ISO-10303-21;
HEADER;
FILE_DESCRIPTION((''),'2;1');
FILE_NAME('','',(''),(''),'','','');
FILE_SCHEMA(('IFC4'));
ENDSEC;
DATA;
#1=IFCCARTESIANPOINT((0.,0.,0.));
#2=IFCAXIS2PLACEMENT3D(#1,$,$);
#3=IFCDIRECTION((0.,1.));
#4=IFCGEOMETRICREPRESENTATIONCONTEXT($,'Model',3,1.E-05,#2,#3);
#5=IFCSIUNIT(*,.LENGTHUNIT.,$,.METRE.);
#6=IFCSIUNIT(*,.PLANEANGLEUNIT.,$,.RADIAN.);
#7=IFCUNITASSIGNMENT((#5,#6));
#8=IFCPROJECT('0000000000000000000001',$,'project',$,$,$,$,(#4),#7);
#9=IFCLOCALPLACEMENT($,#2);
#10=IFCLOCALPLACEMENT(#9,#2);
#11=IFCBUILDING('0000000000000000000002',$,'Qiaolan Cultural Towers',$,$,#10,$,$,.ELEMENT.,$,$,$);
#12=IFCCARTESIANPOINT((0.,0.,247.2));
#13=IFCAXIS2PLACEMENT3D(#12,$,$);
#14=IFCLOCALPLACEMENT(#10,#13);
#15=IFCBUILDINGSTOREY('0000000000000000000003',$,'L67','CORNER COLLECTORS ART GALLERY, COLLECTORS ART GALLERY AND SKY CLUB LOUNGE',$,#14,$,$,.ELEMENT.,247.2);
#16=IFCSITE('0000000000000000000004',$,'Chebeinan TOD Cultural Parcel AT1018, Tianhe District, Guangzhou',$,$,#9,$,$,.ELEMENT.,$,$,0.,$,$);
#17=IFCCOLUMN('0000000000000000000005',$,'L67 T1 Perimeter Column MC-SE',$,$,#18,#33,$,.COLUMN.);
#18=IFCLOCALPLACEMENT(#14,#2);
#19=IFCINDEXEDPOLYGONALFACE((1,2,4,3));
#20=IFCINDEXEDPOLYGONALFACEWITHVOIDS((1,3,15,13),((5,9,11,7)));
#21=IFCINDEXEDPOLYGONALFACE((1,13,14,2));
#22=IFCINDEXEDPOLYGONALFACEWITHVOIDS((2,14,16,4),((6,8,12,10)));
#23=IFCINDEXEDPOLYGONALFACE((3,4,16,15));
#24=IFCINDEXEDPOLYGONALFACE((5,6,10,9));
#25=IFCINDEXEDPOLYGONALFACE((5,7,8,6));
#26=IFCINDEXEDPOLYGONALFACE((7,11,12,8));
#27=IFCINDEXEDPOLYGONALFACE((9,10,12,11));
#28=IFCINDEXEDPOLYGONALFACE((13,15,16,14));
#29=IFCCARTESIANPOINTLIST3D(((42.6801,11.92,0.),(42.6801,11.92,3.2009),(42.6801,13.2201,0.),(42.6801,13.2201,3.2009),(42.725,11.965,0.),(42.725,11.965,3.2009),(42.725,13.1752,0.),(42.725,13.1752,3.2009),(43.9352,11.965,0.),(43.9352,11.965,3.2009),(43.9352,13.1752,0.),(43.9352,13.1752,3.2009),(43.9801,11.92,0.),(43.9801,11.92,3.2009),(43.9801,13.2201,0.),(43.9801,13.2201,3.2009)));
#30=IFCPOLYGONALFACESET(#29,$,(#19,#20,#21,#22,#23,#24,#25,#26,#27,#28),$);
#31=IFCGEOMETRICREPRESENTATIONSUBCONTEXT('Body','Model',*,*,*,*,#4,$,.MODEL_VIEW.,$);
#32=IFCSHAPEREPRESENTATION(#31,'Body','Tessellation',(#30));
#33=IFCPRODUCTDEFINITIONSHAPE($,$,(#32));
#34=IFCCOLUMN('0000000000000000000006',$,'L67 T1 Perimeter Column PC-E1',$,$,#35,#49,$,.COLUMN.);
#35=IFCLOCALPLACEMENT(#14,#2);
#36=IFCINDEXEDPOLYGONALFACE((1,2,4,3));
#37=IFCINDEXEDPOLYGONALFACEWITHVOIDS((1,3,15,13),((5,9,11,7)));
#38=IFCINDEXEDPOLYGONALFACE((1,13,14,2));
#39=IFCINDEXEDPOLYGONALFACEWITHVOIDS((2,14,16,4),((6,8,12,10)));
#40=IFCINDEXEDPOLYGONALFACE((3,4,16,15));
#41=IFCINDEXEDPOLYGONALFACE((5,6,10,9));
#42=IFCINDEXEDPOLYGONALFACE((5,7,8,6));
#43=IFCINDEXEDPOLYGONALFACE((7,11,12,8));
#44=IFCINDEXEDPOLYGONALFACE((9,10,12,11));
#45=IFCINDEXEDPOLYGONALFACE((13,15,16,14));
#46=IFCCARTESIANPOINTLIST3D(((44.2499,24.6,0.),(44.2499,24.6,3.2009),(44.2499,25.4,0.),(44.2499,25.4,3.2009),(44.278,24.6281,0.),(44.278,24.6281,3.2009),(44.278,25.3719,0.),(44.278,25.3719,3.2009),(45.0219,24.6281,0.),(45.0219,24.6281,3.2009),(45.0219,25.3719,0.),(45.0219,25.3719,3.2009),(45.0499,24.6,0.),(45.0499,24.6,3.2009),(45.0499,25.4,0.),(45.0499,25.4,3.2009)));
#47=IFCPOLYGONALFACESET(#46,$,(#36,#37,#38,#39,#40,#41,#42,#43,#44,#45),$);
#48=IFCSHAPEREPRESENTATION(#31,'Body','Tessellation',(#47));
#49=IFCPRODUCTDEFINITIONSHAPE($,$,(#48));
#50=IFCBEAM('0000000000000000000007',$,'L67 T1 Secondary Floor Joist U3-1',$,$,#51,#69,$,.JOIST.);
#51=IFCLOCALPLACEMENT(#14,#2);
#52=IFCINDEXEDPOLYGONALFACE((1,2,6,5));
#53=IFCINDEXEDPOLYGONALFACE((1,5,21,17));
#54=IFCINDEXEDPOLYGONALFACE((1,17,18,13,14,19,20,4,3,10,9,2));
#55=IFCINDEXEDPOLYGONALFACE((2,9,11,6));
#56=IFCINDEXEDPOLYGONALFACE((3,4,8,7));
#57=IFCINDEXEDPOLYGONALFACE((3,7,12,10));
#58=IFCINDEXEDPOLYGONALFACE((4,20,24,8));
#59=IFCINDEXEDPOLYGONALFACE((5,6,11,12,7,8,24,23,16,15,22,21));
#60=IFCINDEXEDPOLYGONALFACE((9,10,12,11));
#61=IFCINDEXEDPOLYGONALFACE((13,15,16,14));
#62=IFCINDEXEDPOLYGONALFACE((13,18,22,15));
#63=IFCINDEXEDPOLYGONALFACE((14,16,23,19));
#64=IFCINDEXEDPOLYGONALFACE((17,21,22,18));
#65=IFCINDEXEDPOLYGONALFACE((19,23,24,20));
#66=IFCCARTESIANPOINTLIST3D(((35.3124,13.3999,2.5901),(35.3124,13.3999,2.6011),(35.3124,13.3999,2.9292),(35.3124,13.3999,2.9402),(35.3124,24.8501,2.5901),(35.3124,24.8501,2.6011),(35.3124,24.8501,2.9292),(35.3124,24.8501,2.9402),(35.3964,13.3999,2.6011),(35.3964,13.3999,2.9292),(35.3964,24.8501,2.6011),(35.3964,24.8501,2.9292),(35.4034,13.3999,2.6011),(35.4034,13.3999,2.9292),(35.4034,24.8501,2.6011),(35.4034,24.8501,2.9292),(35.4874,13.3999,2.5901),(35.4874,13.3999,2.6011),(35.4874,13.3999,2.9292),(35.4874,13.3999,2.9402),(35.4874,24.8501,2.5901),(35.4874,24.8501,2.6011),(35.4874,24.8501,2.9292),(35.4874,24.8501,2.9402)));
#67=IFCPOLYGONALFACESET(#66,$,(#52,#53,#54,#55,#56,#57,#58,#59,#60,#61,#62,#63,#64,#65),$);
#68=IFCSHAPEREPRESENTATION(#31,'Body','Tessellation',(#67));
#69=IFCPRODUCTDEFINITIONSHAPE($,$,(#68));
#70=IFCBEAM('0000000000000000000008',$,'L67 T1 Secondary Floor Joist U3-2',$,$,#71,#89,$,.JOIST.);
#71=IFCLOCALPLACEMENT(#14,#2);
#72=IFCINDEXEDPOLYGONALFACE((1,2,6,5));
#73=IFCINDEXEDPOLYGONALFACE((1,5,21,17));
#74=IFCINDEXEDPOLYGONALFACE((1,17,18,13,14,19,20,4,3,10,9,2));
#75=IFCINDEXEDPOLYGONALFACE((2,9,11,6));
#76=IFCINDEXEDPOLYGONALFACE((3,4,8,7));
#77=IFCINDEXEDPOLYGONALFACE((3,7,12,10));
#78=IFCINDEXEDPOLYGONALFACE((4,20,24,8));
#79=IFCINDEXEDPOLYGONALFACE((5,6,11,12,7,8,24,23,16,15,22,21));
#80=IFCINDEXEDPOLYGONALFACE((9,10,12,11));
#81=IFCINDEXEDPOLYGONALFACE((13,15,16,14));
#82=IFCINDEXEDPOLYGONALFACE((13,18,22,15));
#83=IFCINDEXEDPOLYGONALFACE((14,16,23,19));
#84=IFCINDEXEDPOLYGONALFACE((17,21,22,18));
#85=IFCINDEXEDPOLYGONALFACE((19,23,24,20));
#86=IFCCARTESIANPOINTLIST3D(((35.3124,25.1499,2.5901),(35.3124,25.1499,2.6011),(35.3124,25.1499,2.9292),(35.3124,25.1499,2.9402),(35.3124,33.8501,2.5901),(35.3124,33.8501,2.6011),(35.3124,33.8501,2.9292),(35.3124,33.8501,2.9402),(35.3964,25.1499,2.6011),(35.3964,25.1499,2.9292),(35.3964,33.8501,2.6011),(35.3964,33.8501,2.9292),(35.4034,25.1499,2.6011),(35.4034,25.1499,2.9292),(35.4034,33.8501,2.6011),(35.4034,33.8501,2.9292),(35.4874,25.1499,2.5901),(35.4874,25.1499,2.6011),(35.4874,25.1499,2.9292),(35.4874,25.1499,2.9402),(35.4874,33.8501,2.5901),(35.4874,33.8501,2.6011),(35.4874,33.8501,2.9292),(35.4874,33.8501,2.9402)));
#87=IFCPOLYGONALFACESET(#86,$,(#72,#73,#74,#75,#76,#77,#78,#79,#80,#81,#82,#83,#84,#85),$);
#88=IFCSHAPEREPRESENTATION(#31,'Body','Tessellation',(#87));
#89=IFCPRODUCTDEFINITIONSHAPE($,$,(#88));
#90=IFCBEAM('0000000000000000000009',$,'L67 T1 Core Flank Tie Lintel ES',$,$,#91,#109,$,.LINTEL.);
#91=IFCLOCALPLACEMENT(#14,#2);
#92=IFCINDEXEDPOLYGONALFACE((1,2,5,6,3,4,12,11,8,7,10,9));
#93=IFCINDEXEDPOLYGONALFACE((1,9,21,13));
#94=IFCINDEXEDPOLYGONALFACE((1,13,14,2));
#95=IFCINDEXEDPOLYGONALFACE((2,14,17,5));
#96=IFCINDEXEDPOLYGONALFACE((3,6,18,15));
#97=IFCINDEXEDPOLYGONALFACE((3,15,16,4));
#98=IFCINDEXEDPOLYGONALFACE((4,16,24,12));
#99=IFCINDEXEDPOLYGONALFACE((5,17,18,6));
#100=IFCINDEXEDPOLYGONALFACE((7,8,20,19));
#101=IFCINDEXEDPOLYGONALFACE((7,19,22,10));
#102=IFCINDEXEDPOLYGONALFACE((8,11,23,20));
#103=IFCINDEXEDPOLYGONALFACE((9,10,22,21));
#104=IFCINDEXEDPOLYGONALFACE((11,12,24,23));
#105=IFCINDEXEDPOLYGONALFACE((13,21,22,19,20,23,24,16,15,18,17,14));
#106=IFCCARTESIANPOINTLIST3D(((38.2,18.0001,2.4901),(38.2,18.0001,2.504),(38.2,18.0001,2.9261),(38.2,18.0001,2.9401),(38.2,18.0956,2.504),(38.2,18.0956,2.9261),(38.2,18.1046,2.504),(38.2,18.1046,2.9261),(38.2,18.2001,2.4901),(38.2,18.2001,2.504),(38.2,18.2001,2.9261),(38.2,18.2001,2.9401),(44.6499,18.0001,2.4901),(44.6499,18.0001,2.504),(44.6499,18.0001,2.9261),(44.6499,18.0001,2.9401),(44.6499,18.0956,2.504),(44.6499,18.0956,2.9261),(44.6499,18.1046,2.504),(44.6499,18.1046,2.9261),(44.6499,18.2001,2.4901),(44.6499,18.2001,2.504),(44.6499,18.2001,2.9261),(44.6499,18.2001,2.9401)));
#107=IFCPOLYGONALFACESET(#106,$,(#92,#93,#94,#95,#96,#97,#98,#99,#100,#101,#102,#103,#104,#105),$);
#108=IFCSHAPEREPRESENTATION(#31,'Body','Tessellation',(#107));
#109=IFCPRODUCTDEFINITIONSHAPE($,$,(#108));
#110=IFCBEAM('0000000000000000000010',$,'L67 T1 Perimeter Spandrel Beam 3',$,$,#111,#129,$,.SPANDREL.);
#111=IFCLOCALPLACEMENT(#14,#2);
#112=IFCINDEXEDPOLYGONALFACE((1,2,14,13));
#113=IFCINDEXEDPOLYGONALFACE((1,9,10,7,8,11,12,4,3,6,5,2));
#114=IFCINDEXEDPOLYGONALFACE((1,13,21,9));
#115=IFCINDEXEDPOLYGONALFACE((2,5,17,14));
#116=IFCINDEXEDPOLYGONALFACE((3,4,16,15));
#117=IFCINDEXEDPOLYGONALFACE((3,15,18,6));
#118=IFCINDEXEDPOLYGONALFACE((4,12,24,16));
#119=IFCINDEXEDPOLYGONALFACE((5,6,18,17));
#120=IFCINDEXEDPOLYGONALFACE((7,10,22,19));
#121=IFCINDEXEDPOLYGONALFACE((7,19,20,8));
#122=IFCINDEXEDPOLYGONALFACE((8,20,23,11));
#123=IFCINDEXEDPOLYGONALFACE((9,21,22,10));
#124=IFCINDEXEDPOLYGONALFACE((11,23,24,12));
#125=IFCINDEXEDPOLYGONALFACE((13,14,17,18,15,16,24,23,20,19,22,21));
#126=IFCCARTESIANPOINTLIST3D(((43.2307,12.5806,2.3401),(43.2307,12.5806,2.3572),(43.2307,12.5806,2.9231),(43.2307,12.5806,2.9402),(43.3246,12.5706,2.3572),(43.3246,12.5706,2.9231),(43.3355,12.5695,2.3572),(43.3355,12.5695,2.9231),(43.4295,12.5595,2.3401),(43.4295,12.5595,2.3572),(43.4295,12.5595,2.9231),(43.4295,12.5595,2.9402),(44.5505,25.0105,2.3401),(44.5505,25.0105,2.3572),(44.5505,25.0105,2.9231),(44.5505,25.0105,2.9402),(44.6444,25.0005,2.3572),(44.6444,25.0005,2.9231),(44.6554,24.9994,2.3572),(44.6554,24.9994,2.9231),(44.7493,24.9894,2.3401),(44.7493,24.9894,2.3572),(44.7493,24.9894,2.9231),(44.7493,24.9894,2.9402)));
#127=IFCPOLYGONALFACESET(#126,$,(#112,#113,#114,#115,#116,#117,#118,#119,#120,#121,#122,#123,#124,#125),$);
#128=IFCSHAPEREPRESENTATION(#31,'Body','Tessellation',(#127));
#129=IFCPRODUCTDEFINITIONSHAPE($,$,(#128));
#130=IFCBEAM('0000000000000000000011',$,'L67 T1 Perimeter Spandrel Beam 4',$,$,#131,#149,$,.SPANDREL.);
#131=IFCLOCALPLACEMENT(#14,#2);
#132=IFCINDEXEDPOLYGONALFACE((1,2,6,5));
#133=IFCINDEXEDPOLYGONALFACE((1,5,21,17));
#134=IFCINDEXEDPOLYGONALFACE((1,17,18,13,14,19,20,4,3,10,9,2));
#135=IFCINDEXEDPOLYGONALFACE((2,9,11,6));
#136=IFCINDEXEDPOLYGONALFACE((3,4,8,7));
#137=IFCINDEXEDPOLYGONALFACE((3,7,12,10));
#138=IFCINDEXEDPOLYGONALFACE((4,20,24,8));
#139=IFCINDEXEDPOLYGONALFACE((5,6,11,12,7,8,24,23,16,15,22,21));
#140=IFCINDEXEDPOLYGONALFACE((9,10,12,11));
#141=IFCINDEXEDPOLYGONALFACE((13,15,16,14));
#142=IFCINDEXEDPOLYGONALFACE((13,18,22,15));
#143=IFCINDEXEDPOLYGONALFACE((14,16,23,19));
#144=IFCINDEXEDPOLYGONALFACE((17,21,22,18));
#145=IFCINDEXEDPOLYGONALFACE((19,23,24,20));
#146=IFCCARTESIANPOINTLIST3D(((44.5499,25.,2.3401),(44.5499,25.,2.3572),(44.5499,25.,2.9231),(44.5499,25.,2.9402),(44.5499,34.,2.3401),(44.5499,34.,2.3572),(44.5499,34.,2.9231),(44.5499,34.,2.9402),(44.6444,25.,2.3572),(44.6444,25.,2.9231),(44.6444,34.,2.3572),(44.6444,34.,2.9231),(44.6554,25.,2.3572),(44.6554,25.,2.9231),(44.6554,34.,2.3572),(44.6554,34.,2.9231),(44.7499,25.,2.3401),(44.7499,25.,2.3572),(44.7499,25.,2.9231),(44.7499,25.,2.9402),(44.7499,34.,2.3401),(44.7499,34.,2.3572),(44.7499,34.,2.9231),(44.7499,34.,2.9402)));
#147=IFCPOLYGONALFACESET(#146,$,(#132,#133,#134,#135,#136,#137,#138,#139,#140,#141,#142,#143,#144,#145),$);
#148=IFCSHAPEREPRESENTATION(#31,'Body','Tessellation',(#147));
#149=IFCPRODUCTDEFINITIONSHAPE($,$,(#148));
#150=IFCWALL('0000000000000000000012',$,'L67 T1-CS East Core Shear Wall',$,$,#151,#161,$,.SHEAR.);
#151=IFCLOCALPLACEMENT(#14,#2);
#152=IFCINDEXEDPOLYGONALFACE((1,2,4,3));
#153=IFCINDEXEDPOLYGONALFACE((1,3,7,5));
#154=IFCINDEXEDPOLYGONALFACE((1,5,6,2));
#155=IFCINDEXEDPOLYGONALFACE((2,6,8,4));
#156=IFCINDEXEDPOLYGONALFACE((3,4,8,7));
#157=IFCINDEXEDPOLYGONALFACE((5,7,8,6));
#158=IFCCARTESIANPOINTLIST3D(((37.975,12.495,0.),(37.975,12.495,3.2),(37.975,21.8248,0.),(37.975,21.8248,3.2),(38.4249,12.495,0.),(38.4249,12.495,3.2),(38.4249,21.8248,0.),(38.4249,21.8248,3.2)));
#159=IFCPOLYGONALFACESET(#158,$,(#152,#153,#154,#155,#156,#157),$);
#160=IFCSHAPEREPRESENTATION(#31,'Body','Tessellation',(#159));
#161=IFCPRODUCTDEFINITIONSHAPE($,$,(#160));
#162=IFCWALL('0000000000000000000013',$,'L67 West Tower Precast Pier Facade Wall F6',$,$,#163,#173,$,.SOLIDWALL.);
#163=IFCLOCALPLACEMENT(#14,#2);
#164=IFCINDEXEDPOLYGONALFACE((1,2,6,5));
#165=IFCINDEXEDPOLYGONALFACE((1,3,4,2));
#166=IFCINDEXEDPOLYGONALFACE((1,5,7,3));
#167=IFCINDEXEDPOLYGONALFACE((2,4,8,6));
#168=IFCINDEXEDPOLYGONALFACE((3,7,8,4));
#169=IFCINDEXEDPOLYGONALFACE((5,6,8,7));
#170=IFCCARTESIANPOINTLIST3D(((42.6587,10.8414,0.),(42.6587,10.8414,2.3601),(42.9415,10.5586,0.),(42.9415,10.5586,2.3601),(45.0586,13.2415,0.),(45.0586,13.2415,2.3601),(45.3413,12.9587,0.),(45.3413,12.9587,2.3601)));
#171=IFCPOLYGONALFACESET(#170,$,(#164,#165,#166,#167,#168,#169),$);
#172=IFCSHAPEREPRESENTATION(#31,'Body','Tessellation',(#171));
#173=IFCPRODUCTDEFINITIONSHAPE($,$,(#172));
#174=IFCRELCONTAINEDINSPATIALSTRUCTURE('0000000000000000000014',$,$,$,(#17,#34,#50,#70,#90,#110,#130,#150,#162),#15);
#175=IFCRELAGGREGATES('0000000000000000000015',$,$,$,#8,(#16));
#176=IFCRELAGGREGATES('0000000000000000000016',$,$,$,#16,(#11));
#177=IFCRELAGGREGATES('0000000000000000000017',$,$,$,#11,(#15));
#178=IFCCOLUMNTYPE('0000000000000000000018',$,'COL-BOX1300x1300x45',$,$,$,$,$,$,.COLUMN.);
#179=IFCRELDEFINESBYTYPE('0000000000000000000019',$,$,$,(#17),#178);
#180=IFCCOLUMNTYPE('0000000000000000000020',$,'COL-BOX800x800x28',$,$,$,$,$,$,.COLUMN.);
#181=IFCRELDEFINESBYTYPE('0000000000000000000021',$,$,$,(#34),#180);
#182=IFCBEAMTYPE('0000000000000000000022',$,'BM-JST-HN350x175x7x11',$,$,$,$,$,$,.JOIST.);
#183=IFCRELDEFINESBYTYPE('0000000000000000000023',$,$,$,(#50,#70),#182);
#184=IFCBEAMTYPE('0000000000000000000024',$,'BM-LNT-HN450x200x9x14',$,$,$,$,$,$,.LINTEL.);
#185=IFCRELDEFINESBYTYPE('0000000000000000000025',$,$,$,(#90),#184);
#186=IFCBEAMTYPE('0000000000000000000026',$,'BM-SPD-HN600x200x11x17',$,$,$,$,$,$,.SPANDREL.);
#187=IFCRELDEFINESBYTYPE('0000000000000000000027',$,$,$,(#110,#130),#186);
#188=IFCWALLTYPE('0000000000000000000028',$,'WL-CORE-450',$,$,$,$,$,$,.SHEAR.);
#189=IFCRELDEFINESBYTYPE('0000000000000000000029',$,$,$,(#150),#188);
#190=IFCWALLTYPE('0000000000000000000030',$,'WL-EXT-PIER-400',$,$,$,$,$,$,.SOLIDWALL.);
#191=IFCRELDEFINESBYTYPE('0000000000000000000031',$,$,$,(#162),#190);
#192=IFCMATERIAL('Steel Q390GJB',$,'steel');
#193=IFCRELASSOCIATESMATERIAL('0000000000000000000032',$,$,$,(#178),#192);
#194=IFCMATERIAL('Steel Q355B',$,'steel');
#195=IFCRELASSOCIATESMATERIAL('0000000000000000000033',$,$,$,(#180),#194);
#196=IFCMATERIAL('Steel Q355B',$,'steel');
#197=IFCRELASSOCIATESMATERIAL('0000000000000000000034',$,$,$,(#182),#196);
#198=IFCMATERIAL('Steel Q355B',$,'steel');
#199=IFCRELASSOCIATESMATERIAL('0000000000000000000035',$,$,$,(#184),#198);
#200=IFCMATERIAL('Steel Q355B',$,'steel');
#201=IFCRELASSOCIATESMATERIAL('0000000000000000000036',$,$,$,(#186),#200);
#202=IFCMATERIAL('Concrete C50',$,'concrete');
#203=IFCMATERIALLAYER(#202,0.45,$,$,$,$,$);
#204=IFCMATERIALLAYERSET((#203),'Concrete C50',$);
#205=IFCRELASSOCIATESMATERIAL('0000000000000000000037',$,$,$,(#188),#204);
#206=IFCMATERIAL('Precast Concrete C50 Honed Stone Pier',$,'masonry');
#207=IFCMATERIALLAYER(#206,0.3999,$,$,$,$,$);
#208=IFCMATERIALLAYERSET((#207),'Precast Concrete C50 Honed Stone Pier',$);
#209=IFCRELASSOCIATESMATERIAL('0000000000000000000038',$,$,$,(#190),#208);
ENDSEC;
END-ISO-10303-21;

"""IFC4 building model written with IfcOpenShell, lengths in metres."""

from ifc_helpers import new_model, si_unit, direction, frame, frame_2d, origin, origin_2d, place, context, subcontext, project, spatial, rectangle, hollow_rectangle, i_section, extrude, material, layer, layer_set, material_profile, profile_set, type_object, element, save


model = new_model("IFC4")

# Units and contexts
model_context = context("Model", 3, precision=1e-05, world=origin(), true_north=direction((0.0, 1.0)))
body_context = subcontext(model_context, "Body", "Model", "MODEL_VIEW")
ifc_project = project(units=[si_unit("LENGTHUNIT", "METRE"), si_unit("PLANEANGLEUNIT", "RADIAN")], contexts=[model_context])

# Site, building, storey
site_placement = place(None, origin())
site = spatial("IfcSite", under=ifc_project, at=site_placement, Name="Chebeinan TOD Cultural Parcel AT1018, Tianhe District, Guangzhou", CompositionType="ELEMENT", RefElevation=0.0)
building_placement = place(site_placement, origin())
building = spatial("IfcBuilding", under=site, at=building_placement, Name="Qiaolan Cultural Towers", CompositionType="ELEMENT")
storey_placement = place(building_placement, frame((0.0, 0.0, 247.2)))
storey = spatial("IfcBuildingStorey", under=building, at=storey_placement, Name="L67", Description="CORNER COLLECTORS ART GALLERY, COLLECTORS ART GALLERY AND SKY CLUB LOUNGE", CompositionType="ELEMENT", Elevation=247.2)

# Columns
ifc_material_1 = material(Name="Steel Q390GJB", Category="steel")
ifc_material_profile_1 = material_profile(ifc_material_1, hollow_rectangle(XDim=1.3, YDim=1.3, WallThickness=0.0449, at=origin_2d()), Name="BOX1300x1300x45")
ifc_profile_set_1 = profile_set([ifc_material_profile_1], Name="Steel Q390GJB")
column_type_1 = type_object("IfcColumnType", Name="COL-BOX1300x1300x45", PredefinedType="COLUMN", material=ifc_profile_set_1)
column_1_placement = place(storey_placement, frame((43.3301, 12.5701, 0.0), z_axis=(0.0, 0.0, 1.0), x_axis=(1.0, 0.0, 0.0)))
element("IfcColumn", 1, at=column_1_placement, inside=storey, type_object=column_type_1, Name="L67 T1 Perimeter Column MC-SE", PredefinedType="COLUMN", context=body_context, shape_type="SweptSolid", body=[
    extrude(hollow_rectangle(XDim=1.3, YDim=1.3, WallThickness=0.0449, at=origin_2d()), origin(), (0.0, 0.0, 1.0), 3.2009),
])
ifc_material_2 = material(Name="Steel Q355B", Category="steel")
ifc_material_profile_2 = material_profile(ifc_material_2, hollow_rectangle(XDim=0.8, YDim=0.8, WallThickness=0.0281, at=origin_2d()), Name="BOX800x800x28")
ifc_profile_set_2 = profile_set([ifc_material_profile_2], Name="Steel Q355B")
column_type_2 = type_object("IfcColumnType", Name="COL-BOX800x800x28", PredefinedType="COLUMN", material=ifc_profile_set_2)
column_2_placement = place(storey_placement, frame((44.6499, 25.0, 0.0), z_axis=(0.0, 0.0, 1.0), x_axis=(1.0, 0.0, 0.0)))
element("IfcColumn", 2, at=column_2_placement, inside=storey, type_object=column_type_2, Name="L67 T1 Perimeter Column PC-E1", PredefinedType="COLUMN", context=body_context, shape_type="SweptSolid", body=[
    extrude(hollow_rectangle(XDim=0.8, YDim=0.8, WallThickness=0.0281, at=origin_2d()), origin(), (0.0, 0.0, 1.0), 3.2009),
])

# Beams
ifc_material_3 = material(Name="Steel Q355B", Category="steel")
ifc_material_profile_3 = material_profile(ifc_material_3, i_section(OverallWidth=0.175, OverallDepth=0.3501, WebThickness=0.0071, FlangeThickness=0.011, at=origin_2d()), Name="HN350x175x7x11")
ifc_profile_set_3 = profile_set([ifc_material_profile_3], Name="Steel Q355B")
beam_type_1 = type_object("IfcBeamType", Name="BM-JST-HN350x175x7x11", PredefinedType="JOIST", material=ifc_profile_set_3)
beam_1_placement = place(storey_placement, frame((35.3999, 13.3999, 2.7651), z_axis=(0.0, 1.0, 0.0), x_axis=(-1.0, 0.0, 0.0)))
element("IfcBeam", 3, at=beam_1_placement, inside=storey, type_object=beam_type_1, Name="L67 T1 Secondary Floor Joist U3-1", PredefinedType="JOIST", context=body_context, shape_type="SweptSolid", body=[
    extrude(i_section(OverallWidth=0.175, OverallDepth=0.3501, WebThickness=0.0071, FlangeThickness=0.011, at=origin_2d()), origin(), (0.0, 0.0, 1.0), 11.4502),
])
beam_2_placement = place(storey_placement, frame((35.3999, 25.1499, 2.7651), z_axis=(0.0, 1.0, 0.0), x_axis=(-1.0, 0.0, 0.0)))
element("IfcBeam", 4, at=beam_2_placement, inside=storey, type_object=beam_type_1, Name="L67 T1 Secondary Floor Joist U3-2", PredefinedType="JOIST", context=body_context, shape_type="SweptSolid", body=[
    extrude(i_section(OverallWidth=0.175, OverallDepth=0.3501, WebThickness=0.0071, FlangeThickness=0.011, at=origin_2d()), origin(), (0.0, 0.0, 1.0), 8.7002),
])
ifc_material_4 = material(Name="Steel Q355B", Category="steel")
ifc_material_profile_4 = material_profile(ifc_material_4, i_section(OverallWidth=0.2, OverallDepth=0.45, WebThickness=0.009, FlangeThickness=0.0139, at=origin_2d()), Name="HN450x200x9x14")
ifc_profile_set_4 = profile_set([ifc_material_profile_4], Name="Steel Q355B")
beam_type_2 = type_object("IfcBeamType", Name="BM-LNT-HN450x200x9x14", PredefinedType="LINTEL", material=ifc_profile_set_4)
beam_3_placement = place(storey_placement, frame((38.2, 18.1001, 2.7151), z_axis=(1.0, 0.0, 0.0), x_axis=(0.0, 1.0, 0.0)))
element("IfcBeam", 5, at=beam_3_placement, inside=storey, type_object=beam_type_2, Name="L67 T1 Core Flank Tie Lintel ES", PredefinedType="LINTEL", context=body_context, shape_type="SweptSolid", body=[
    extrude(i_section(OverallWidth=0.2, OverallDepth=0.45, WebThickness=0.009, FlangeThickness=0.0139, at=origin_2d()), origin(), (0.0, 0.0, 1.0), 6.45),
])
ifc_material_5 = material(Name="Steel Q355B", Category="steel")
ifc_material_profile_5 = material_profile(ifc_material_5, i_section(OverallWidth=0.2, OverallDepth=0.6001, WebThickness=0.011, FlangeThickness=0.0171, at=origin_2d()), Name="HN600x200x11x17")
ifc_profile_set_5 = profile_set([ifc_material_profile_5], Name="Steel Q355B")
beam_type_3 = type_object("IfcBeamType", Name="BM-SPD-HN600x200x11x17", PredefinedType="SPANDREL", material=ifc_profile_set_5)
beam_4_placement = place(storey_placement, frame((43.3301, 12.5701, 2.6401), z_axis=(0.105588, 0.99441, 0.0), x_axis=(-0.99441, 0.105588, 0.0)))
element("IfcBeam", 6, at=beam_4_placement, inside=storey, type_object=beam_type_3, Name="L67 T1 Perimeter Spandrel Beam 3", PredefinedType="SPANDREL", context=body_context, shape_type="SweptSolid", body=[
    extrude(i_section(OverallWidth=0.2, OverallDepth=0.6001, WebThickness=0.011, FlangeThickness=0.0171, at=origin_2d()), origin(), (0.0, 0.0, 1.0), 12.4998),
])
beam_5_placement = place(storey_placement, frame((44.6499, 25.0, 2.6401), z_axis=(0.0, 1.0, 0.0), x_axis=(-1.0, 0.0, 0.0)))
element("IfcBeam", 7, at=beam_5_placement, inside=storey, type_object=beam_type_3, Name="L67 T1 Perimeter Spandrel Beam 4", PredefinedType="SPANDREL", context=body_context, shape_type="SweptSolid", body=[
    extrude(i_section(OverallWidth=0.2, OverallDepth=0.6001, WebThickness=0.011, FlangeThickness=0.0171, at=origin_2d()), origin(), (0.0, 0.0, 1.0), 9.0),
])

# Walls
ifc_material_6 = material(Name="Concrete C50", Category="concrete")
ifc_layer_1 = layer(ifc_material_6, 0.45)
ifc_layer_set_1 = layer_set([ifc_layer_1], Name="Concrete C50")
wall_type_1 = type_object("IfcWallType", Name="WL-CORE-450", PredefinedType="SHEAR", material=ifc_layer_set_1)
wall_1_placement = place(storey_placement, frame((38.2, 21.825, 0.0), z_axis=(0.0, 0.0, 1.0), x_axis=(0.0, -1.0, 0.0)))
element("IfcWall", 8, at=wall_1_placement, inside=storey, type_object=wall_type_1, Name="L67 T1-CS East Core Shear Wall", PredefinedType="SHEAR", context=body_context, shape_type="SweptSolid", body=[
    extrude(rectangle(XDim=9.3298, YDim=0.45, at=frame_2d((4.665, 0.0))), origin(), (0.0, 0.0, 1.0), 3.2),
])
ifc_material_7 = material(Name="Precast Concrete C50 Honed Stone Pier", Category="masonry")
ifc_layer_2 = layer(ifc_material_7, 0.3999)
ifc_layer_set_2 = layer_set([ifc_layer_2], Name="Precast Concrete C50 Honed Stone Pier")
wall_type_2 = type_object("IfcWallType", Name="WL-EXT-PIER-400", PredefinedType="SOLIDWALL", material=ifc_layer_set_2)
wall_2_placement = place(storey_placement, frame((45.2, 13.1001, 0.0), z_axis=(0.0, 0.0, 1.0), x_axis=(-0.707071, -0.707143, 0.0)))
element("IfcWall", 9, at=wall_2_placement, inside=storey, type_object=wall_type_2, Name="L67 West Tower Precast Pier Facade Wall F6", PredefinedType="SOLIDWALL", context=body_context, shape_type="SweptSolid", body=[
    extrude(rectangle(XDim=3.394, YDim=0.3999, at=frame_2d((1.697, 0.0))), origin(), (0.0, 0.0, 1.0), 2.3601),
])

save(model, "model.ifc")
